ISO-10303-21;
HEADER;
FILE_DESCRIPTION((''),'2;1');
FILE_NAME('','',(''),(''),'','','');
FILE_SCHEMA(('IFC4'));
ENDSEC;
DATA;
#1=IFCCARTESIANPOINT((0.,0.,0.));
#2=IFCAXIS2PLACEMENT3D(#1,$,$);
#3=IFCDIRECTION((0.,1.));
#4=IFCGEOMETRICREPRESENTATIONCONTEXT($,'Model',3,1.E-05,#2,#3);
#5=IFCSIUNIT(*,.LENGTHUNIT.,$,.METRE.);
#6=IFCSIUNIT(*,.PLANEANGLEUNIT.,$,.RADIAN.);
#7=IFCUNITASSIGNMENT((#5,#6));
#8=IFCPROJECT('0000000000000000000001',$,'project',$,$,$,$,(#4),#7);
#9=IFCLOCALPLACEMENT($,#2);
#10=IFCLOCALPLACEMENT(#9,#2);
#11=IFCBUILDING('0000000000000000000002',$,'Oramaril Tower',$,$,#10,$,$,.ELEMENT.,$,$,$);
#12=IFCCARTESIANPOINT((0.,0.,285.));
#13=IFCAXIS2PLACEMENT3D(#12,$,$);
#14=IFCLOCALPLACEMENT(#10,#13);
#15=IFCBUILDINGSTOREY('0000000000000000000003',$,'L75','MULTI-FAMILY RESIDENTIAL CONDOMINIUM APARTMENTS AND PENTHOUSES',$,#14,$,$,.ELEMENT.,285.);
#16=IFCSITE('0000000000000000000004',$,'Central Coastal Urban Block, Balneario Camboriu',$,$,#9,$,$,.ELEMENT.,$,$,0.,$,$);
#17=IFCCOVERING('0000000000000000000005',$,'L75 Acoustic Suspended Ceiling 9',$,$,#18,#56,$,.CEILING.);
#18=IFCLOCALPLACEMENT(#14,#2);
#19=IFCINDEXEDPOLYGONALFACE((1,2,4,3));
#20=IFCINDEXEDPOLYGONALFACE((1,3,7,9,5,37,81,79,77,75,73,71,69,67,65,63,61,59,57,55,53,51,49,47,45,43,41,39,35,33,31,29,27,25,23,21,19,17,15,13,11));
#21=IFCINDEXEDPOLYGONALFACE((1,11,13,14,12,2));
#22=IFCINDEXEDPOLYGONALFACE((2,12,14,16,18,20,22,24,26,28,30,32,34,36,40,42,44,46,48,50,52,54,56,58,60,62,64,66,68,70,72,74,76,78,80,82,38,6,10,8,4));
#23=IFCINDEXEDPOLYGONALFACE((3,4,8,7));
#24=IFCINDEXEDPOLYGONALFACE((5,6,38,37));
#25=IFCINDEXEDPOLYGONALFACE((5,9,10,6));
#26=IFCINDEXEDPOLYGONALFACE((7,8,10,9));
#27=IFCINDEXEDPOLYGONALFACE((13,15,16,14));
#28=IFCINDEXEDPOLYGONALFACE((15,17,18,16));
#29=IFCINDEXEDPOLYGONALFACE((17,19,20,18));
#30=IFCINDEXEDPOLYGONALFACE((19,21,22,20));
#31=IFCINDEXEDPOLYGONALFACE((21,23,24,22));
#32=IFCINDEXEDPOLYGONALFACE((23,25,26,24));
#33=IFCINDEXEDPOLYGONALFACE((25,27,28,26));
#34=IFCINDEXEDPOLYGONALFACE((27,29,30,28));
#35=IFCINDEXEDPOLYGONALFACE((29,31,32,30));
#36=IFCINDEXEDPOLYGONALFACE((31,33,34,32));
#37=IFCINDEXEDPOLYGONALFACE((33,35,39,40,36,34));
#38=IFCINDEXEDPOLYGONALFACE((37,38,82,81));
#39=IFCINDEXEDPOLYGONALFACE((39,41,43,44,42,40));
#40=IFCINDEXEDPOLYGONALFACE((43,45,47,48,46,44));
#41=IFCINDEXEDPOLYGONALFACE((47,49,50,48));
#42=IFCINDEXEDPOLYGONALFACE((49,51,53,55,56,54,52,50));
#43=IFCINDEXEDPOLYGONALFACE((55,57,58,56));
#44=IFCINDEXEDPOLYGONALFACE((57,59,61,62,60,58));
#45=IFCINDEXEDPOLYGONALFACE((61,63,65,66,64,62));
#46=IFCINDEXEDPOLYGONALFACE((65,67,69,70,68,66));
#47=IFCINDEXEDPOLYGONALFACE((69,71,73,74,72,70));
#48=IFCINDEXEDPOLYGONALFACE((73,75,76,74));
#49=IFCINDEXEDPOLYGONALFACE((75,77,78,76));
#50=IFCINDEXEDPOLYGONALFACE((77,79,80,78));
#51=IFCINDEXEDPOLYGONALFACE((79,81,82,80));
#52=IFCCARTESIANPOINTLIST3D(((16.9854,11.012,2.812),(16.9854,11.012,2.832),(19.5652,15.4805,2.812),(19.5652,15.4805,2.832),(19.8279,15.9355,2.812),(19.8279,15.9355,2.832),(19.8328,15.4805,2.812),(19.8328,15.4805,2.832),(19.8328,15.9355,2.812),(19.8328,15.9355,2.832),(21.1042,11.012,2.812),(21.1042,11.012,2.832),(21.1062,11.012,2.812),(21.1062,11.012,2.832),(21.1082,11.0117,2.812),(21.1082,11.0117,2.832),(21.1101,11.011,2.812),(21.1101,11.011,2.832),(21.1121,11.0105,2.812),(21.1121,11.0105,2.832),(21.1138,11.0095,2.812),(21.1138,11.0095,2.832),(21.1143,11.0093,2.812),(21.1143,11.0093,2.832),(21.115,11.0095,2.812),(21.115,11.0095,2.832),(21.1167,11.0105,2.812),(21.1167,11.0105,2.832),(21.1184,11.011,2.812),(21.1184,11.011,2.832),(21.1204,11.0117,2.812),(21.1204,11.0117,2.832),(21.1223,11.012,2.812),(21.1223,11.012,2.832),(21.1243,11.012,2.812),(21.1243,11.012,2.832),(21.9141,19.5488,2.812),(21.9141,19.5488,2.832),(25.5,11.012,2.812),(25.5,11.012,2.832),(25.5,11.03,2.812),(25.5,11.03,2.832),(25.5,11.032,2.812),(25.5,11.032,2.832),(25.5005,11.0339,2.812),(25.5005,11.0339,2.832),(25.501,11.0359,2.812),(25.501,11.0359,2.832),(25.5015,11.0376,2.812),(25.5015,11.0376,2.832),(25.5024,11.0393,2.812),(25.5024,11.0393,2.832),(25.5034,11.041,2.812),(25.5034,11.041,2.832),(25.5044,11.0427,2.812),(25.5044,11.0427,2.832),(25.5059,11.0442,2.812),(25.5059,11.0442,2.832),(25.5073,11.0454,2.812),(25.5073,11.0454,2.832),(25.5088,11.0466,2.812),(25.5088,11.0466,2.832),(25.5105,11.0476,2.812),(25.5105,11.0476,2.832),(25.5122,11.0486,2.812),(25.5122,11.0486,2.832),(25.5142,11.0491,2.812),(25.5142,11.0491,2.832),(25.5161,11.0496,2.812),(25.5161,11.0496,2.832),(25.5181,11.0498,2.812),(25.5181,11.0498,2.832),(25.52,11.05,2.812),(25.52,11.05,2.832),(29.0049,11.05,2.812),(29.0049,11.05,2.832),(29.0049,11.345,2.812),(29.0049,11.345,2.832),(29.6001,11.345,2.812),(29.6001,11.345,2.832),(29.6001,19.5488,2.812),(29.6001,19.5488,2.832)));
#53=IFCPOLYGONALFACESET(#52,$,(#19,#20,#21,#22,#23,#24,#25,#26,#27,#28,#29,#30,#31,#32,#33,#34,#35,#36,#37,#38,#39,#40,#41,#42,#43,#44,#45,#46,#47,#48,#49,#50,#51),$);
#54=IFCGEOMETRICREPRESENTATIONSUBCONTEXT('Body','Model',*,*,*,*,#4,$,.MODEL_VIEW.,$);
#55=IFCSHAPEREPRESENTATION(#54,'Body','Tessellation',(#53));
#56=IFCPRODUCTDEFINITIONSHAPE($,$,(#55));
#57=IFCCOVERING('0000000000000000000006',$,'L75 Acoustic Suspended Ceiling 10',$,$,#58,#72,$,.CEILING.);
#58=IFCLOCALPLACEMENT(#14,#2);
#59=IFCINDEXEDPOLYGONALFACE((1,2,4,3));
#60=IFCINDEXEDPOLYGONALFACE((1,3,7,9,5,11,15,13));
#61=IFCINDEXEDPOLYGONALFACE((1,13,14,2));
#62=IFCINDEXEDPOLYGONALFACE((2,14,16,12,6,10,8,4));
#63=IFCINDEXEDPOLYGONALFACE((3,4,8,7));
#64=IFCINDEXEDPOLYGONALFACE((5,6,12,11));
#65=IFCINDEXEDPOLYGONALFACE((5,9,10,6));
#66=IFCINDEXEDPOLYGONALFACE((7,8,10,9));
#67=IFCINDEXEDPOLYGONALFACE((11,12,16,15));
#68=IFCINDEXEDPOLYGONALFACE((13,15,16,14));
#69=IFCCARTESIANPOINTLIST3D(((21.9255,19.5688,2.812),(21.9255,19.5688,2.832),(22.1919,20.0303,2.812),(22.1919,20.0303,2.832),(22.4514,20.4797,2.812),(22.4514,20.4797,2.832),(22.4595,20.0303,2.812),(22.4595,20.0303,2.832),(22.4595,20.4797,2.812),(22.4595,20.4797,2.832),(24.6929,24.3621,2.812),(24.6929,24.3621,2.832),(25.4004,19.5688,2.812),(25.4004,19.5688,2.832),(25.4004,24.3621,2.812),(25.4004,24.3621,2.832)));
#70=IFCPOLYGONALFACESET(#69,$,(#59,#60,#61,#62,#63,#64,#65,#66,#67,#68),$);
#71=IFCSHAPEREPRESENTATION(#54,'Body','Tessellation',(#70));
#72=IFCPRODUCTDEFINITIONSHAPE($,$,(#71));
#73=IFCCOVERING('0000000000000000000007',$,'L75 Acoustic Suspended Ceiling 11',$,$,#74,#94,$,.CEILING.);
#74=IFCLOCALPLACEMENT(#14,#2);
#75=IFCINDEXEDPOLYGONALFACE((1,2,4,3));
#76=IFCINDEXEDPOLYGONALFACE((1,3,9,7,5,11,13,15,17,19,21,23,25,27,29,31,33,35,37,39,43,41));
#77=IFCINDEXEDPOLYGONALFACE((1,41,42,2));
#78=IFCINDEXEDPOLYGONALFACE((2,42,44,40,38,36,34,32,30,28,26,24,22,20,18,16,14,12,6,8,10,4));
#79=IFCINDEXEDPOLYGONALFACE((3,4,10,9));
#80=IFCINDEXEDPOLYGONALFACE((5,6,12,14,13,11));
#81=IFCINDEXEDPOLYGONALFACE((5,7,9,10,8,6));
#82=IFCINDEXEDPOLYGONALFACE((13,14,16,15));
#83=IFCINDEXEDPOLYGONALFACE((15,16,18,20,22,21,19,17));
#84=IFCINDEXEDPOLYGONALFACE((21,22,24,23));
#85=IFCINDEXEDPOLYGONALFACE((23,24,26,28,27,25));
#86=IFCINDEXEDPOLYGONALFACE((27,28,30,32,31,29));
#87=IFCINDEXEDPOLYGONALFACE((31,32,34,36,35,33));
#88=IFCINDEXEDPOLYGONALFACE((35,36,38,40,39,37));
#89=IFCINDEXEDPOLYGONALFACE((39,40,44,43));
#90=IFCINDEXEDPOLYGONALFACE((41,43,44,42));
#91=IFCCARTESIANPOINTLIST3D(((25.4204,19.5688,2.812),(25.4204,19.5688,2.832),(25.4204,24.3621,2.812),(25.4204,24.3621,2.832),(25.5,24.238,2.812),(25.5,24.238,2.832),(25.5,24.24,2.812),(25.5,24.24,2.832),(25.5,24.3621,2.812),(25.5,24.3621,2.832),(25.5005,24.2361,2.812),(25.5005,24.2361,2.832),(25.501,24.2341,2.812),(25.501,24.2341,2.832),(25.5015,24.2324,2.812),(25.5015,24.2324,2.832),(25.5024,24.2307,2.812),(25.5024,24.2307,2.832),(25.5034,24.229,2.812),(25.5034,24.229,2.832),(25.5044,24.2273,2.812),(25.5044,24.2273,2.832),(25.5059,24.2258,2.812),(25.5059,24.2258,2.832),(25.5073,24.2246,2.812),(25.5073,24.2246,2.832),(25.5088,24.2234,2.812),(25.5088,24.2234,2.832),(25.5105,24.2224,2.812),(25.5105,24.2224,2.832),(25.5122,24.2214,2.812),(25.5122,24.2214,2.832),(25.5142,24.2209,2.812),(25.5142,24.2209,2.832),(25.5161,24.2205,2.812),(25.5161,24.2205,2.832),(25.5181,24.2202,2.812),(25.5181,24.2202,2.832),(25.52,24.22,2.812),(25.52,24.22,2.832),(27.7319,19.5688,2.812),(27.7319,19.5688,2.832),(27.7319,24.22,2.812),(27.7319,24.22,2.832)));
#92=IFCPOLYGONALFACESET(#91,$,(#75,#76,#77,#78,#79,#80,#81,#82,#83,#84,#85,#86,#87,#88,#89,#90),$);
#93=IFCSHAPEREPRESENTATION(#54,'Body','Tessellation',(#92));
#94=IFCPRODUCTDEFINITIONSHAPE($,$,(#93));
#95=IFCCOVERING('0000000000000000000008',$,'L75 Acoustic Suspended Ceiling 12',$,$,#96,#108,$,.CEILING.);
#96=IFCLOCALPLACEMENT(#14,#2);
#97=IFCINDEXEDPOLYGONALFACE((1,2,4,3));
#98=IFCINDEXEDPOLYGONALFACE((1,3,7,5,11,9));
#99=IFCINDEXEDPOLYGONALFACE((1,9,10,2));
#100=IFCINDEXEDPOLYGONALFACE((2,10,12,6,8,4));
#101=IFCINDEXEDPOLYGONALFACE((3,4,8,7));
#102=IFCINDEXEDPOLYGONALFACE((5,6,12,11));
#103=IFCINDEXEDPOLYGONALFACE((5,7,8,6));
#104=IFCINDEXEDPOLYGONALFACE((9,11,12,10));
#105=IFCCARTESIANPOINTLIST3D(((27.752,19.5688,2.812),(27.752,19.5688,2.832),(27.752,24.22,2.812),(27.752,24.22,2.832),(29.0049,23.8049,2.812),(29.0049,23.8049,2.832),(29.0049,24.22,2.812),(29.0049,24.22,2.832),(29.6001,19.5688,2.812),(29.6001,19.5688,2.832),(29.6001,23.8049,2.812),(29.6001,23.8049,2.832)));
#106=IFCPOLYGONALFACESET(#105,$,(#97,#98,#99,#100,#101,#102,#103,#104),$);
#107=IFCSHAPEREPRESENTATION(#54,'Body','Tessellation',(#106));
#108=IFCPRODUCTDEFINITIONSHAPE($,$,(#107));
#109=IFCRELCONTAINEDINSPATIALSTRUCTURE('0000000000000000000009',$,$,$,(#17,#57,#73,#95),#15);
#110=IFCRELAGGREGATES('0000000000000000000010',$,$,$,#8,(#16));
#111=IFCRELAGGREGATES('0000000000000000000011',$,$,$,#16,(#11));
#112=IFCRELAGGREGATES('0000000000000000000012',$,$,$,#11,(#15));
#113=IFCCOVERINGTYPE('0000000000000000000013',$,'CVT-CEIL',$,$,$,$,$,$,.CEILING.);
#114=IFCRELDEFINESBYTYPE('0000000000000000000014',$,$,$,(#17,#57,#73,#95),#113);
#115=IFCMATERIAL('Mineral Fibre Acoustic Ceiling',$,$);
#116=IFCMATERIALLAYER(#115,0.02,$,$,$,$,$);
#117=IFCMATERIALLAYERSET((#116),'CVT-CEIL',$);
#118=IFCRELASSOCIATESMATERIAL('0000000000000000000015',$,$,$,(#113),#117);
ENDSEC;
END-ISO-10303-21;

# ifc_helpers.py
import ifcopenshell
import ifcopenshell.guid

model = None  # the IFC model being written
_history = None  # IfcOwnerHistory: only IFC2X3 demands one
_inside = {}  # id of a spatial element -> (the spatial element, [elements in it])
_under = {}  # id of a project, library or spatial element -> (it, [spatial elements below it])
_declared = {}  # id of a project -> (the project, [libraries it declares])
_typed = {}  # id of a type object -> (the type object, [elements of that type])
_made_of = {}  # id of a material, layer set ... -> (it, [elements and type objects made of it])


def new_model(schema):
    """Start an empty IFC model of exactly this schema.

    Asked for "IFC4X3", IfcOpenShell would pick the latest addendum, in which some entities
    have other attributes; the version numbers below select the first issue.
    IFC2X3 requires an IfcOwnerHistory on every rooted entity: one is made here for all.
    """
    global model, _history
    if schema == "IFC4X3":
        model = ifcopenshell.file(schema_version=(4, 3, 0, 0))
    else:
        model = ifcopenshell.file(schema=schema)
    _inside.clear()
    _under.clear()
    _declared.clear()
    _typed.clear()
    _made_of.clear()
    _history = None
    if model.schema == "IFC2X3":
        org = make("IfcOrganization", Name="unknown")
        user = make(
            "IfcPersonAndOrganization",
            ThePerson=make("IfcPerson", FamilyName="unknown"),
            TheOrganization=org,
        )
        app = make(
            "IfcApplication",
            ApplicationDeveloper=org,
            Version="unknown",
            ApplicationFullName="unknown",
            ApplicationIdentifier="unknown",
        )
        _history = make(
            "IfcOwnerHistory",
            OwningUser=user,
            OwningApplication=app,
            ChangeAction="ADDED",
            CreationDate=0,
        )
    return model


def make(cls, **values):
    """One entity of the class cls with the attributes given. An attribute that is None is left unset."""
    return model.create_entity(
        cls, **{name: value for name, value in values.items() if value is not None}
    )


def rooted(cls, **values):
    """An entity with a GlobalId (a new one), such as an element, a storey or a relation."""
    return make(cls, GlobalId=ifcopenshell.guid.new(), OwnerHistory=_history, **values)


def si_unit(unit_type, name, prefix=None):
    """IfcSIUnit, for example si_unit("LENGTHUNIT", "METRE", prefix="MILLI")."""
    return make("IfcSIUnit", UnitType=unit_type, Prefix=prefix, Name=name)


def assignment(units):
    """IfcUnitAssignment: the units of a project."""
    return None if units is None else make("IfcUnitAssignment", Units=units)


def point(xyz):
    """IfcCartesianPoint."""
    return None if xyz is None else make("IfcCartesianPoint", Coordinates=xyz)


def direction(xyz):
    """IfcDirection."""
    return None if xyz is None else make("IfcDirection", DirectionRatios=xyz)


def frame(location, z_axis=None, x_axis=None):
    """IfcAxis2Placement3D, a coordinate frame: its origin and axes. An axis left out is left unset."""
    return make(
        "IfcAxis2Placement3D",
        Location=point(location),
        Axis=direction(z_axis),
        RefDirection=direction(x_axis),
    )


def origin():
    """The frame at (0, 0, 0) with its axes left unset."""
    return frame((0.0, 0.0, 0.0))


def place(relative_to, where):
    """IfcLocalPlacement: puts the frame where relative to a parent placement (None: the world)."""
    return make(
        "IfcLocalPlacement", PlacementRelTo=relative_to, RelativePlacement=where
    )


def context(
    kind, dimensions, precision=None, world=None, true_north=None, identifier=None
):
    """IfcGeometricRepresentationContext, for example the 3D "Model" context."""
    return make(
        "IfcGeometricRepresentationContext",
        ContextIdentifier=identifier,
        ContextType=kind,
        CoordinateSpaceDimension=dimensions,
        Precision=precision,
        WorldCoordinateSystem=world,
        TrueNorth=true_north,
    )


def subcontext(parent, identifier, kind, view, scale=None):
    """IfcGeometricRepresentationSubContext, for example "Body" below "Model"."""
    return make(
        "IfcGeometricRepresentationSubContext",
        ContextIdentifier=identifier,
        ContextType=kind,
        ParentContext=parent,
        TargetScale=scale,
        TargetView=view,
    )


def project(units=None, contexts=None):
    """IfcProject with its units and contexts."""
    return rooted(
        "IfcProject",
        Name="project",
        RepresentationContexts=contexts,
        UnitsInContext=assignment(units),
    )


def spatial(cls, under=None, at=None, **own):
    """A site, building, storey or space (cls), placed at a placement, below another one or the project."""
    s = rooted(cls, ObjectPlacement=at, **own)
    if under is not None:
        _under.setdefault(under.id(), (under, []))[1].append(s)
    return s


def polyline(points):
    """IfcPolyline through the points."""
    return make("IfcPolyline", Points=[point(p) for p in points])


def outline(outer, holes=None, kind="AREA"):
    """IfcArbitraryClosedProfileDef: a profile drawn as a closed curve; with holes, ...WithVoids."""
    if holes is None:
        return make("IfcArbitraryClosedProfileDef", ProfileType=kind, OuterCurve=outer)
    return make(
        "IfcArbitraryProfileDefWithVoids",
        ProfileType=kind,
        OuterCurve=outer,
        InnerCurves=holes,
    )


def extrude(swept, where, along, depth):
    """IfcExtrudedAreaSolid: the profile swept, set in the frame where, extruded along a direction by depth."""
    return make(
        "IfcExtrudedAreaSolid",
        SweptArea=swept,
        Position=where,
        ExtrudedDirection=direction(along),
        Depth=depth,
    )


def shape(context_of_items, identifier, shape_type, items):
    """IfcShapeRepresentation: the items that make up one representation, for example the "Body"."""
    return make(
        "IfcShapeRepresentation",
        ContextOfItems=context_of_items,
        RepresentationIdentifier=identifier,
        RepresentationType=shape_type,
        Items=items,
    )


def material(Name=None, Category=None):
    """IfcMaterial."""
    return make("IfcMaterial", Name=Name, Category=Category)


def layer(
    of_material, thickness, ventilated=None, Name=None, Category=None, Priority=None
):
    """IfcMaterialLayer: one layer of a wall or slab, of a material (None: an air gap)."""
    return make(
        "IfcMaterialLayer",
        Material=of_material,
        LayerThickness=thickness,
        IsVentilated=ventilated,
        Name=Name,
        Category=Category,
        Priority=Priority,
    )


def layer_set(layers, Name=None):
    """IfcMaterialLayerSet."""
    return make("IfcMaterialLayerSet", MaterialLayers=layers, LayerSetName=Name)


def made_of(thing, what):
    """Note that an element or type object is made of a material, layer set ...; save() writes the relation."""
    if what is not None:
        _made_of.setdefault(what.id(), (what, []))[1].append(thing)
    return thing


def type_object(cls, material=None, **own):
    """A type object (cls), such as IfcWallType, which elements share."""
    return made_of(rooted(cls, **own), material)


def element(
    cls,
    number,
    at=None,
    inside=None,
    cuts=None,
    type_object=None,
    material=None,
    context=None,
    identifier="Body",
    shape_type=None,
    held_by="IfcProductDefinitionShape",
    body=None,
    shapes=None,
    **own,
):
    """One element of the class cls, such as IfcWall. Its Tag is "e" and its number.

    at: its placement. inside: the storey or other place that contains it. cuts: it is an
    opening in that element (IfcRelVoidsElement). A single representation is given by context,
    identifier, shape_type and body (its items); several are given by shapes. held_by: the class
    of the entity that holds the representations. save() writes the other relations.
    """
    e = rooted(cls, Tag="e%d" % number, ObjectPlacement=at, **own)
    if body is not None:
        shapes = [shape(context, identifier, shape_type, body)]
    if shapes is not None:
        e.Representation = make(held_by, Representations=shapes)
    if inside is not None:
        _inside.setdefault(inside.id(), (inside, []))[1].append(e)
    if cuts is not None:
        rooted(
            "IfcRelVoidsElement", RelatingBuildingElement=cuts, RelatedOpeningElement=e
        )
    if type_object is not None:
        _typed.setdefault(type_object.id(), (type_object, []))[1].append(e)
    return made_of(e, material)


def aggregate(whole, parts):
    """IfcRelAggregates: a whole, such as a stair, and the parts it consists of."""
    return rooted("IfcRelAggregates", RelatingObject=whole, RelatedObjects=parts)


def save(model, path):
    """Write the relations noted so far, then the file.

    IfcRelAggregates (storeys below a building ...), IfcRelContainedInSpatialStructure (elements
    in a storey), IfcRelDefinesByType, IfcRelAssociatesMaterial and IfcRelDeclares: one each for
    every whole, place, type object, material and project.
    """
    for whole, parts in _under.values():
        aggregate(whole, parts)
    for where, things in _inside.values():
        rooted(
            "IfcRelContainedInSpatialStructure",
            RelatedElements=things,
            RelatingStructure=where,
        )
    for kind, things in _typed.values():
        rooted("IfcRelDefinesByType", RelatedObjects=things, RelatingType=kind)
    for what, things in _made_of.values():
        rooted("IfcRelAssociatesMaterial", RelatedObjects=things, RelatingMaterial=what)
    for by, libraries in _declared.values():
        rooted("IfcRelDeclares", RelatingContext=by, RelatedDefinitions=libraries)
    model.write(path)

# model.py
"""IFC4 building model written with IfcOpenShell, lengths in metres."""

from ifc_helpers import new_model, si_unit, direction, frame, origin, place, context, subcontext, project, spatial, polyline, outline, extrude, material, layer, layer_set, type_object, element, save


model = new_model("IFC4")

# Units and contexts
model_context = context("Model", 3, precision=1e-05, world=origin(), true_north=direction((0.0, 1.0)))
body_context = subcontext(model_context, "Body", "Model", "MODEL_VIEW")
ifc_project = project(units=[si_unit("LENGTHUNIT", "METRE"), si_unit("PLANEANGLEUNIT", "RADIAN")], contexts=[model_context])

# Site, building, storey
site_placement = place(None, origin())
site = spatial("IfcSite", under=ifc_project, at=site_placement, Name="Central Coastal Urban Block, Balneario Camboriu", CompositionType="ELEMENT", RefElevation=0.0)
building_placement = place(site_placement, origin())
building = spatial("IfcBuilding", under=site, at=building_placement, Name="Oramaril Tower", CompositionType="ELEMENT")
storey_placement = place(building_placement, frame((0.0, 0.0, 285.0)))
storey = spatial("IfcBuildingStorey", under=building, at=storey_placement, Name="L75", Description="MULTI-FAMILY RESIDENTIAL CONDOMINIUM APARTMENTS AND PENTHOUSES", CompositionType="ELEMENT", Elevation=285.0)

# Coverings
ifc_material_1 = material(Name="Mineral Fibre Acoustic Ceiling")
ifc_layer_1 = layer(ifc_material_1, 0.02)
ifc_layer_set_1 = layer_set([ifc_layer_1], Name="CVT-CEIL")
covering_type_1 = type_object("IfcCoveringType", Name="CVT-CEIL", PredefinedType="CEILING", material=ifc_layer_set_1)
covering_1_placement = place(storey_placement, frame((0.0, 0.0, 2.812)))
element("IfcCovering", 1, at=covering_1_placement, inside=storey, type_object=covering_type_1, Name="L75 Acoustic Suspended Ceiling 9", PredefinedType="CEILING", context=body_context, shape_type="SweptSolid", body=[
    extrude(outline(polyline([(19.5652, 15.4805), (19.8328, 15.4805), (19.8328, 15.9355), (19.8279, 15.9355), (21.9141, 19.5488), (29.6001, 19.5488), (29.6001, 11.345), (29.0049, 11.345), (29.0049, 11.05), (25.52, 11.05), (25.5181, 11.0498), (25.5161, 11.0496), (25.5142, 11.0491), (25.5122, 11.0486), (25.5105, 11.0476), (25.5088, 11.0466), (25.5073, 11.0454), (25.5059, 11.0442), (25.5044, 11.0427), (25.5034, 11.041), (25.5024, 11.0393), (25.5015, 11.0376), (25.501, 11.0359), (25.5005, 11.0339), (25.5, 11.032), (25.5, 11.03), (25.5, 11.012), (21.1243, 11.012), (21.1223, 11.012), (21.1204, 11.0117), (21.1184, 11.011), (21.1167, 11.0105), (21.115, 11.0095), (21.1143, 11.0093), (21.1138, 11.0095), (21.1121, 11.0105), (21.1101, 11.011), (21.1082, 11.0117), (21.1062, 11.012), (21.1042, 11.012), (16.9854, 11.012), (19.5652, 15.4805)])), origin(), (0.0, 0.0, 1.0), 0.02),
])
covering_2_placement = place(storey_placement, frame((0.0, 0.0, 2.812)))
element("IfcCovering", 2, at=covering_2_placement, inside=storey, type_object=covering_type_1, Name="L75 Acoustic Suspended Ceiling 10", PredefinedType="CEILING", context=body_context, shape_type="SweptSolid", body=[
    extrude(outline(polyline([(22.4595, 20.0303), (22.4595, 20.4797), (22.4514, 20.4797), (24.6929, 24.3621), (25.4004, 24.3621), (25.4004, 19.5688), (21.9255, 19.5688), (22.1919, 20.0303), (22.4595, 20.0303)])), origin(), (0.0, 0.0, 1.0), 0.02),
])
covering_3_placement = place(storey_placement, frame((0.0, 0.0, 2.812)))
element("IfcCovering", 3, at=covering_3_placement, inside=storey, type_object=covering_type_1, Name="L75 Acoustic Suspended Ceiling 11", PredefinedType="CEILING", context=body_context, shape_type="SweptSolid", body=[
    extrude(outline(polyline([(25.5, 24.3621), (25.5, 24.24), (25.5, 24.238), (25.5005, 24.2361), (25.501, 24.2341), (25.5015, 24.2324), (25.5024, 24.2307), (25.5034, 24.229), (25.5044, 24.2273), (25.5059, 24.2258), (25.5073, 24.2246), (25.5088, 24.2234), (25.5105, 24.2224), (25.5122, 24.2214), (25.5142, 24.2209), (25.5161, 24.2205), (25.5181, 24.2202), (25.52, 24.22), (27.7319, 24.22), (27.7319, 19.5688), (25.4204, 19.5688), (25.4204, 24.3621), (25.5, 24.3621)])), origin(), (0.0, 0.0, 1.0), 0.02),
])
covering_4_placement = place(storey_placement, frame((0.0, 0.0, 2.812)))
element("IfcCovering", 4, at=covering_4_placement, inside=storey, type_object=covering_type_1, Name="L75 Acoustic Suspended Ceiling 12", PredefinedType="CEILING", context=body_context, shape_type="SweptSolid", body=[
    extrude(outline(polyline([(29.0049, 23.8049), (29.6001, 23.8049), (29.6001, 19.5688), (27.752, 19.5688), (27.752, 24.22), (29.0049, 24.22), (29.0049, 23.8049)])), origin(), (0.0, 0.0, 1.0), 0.02),
])

save(model, "model.ifc")
